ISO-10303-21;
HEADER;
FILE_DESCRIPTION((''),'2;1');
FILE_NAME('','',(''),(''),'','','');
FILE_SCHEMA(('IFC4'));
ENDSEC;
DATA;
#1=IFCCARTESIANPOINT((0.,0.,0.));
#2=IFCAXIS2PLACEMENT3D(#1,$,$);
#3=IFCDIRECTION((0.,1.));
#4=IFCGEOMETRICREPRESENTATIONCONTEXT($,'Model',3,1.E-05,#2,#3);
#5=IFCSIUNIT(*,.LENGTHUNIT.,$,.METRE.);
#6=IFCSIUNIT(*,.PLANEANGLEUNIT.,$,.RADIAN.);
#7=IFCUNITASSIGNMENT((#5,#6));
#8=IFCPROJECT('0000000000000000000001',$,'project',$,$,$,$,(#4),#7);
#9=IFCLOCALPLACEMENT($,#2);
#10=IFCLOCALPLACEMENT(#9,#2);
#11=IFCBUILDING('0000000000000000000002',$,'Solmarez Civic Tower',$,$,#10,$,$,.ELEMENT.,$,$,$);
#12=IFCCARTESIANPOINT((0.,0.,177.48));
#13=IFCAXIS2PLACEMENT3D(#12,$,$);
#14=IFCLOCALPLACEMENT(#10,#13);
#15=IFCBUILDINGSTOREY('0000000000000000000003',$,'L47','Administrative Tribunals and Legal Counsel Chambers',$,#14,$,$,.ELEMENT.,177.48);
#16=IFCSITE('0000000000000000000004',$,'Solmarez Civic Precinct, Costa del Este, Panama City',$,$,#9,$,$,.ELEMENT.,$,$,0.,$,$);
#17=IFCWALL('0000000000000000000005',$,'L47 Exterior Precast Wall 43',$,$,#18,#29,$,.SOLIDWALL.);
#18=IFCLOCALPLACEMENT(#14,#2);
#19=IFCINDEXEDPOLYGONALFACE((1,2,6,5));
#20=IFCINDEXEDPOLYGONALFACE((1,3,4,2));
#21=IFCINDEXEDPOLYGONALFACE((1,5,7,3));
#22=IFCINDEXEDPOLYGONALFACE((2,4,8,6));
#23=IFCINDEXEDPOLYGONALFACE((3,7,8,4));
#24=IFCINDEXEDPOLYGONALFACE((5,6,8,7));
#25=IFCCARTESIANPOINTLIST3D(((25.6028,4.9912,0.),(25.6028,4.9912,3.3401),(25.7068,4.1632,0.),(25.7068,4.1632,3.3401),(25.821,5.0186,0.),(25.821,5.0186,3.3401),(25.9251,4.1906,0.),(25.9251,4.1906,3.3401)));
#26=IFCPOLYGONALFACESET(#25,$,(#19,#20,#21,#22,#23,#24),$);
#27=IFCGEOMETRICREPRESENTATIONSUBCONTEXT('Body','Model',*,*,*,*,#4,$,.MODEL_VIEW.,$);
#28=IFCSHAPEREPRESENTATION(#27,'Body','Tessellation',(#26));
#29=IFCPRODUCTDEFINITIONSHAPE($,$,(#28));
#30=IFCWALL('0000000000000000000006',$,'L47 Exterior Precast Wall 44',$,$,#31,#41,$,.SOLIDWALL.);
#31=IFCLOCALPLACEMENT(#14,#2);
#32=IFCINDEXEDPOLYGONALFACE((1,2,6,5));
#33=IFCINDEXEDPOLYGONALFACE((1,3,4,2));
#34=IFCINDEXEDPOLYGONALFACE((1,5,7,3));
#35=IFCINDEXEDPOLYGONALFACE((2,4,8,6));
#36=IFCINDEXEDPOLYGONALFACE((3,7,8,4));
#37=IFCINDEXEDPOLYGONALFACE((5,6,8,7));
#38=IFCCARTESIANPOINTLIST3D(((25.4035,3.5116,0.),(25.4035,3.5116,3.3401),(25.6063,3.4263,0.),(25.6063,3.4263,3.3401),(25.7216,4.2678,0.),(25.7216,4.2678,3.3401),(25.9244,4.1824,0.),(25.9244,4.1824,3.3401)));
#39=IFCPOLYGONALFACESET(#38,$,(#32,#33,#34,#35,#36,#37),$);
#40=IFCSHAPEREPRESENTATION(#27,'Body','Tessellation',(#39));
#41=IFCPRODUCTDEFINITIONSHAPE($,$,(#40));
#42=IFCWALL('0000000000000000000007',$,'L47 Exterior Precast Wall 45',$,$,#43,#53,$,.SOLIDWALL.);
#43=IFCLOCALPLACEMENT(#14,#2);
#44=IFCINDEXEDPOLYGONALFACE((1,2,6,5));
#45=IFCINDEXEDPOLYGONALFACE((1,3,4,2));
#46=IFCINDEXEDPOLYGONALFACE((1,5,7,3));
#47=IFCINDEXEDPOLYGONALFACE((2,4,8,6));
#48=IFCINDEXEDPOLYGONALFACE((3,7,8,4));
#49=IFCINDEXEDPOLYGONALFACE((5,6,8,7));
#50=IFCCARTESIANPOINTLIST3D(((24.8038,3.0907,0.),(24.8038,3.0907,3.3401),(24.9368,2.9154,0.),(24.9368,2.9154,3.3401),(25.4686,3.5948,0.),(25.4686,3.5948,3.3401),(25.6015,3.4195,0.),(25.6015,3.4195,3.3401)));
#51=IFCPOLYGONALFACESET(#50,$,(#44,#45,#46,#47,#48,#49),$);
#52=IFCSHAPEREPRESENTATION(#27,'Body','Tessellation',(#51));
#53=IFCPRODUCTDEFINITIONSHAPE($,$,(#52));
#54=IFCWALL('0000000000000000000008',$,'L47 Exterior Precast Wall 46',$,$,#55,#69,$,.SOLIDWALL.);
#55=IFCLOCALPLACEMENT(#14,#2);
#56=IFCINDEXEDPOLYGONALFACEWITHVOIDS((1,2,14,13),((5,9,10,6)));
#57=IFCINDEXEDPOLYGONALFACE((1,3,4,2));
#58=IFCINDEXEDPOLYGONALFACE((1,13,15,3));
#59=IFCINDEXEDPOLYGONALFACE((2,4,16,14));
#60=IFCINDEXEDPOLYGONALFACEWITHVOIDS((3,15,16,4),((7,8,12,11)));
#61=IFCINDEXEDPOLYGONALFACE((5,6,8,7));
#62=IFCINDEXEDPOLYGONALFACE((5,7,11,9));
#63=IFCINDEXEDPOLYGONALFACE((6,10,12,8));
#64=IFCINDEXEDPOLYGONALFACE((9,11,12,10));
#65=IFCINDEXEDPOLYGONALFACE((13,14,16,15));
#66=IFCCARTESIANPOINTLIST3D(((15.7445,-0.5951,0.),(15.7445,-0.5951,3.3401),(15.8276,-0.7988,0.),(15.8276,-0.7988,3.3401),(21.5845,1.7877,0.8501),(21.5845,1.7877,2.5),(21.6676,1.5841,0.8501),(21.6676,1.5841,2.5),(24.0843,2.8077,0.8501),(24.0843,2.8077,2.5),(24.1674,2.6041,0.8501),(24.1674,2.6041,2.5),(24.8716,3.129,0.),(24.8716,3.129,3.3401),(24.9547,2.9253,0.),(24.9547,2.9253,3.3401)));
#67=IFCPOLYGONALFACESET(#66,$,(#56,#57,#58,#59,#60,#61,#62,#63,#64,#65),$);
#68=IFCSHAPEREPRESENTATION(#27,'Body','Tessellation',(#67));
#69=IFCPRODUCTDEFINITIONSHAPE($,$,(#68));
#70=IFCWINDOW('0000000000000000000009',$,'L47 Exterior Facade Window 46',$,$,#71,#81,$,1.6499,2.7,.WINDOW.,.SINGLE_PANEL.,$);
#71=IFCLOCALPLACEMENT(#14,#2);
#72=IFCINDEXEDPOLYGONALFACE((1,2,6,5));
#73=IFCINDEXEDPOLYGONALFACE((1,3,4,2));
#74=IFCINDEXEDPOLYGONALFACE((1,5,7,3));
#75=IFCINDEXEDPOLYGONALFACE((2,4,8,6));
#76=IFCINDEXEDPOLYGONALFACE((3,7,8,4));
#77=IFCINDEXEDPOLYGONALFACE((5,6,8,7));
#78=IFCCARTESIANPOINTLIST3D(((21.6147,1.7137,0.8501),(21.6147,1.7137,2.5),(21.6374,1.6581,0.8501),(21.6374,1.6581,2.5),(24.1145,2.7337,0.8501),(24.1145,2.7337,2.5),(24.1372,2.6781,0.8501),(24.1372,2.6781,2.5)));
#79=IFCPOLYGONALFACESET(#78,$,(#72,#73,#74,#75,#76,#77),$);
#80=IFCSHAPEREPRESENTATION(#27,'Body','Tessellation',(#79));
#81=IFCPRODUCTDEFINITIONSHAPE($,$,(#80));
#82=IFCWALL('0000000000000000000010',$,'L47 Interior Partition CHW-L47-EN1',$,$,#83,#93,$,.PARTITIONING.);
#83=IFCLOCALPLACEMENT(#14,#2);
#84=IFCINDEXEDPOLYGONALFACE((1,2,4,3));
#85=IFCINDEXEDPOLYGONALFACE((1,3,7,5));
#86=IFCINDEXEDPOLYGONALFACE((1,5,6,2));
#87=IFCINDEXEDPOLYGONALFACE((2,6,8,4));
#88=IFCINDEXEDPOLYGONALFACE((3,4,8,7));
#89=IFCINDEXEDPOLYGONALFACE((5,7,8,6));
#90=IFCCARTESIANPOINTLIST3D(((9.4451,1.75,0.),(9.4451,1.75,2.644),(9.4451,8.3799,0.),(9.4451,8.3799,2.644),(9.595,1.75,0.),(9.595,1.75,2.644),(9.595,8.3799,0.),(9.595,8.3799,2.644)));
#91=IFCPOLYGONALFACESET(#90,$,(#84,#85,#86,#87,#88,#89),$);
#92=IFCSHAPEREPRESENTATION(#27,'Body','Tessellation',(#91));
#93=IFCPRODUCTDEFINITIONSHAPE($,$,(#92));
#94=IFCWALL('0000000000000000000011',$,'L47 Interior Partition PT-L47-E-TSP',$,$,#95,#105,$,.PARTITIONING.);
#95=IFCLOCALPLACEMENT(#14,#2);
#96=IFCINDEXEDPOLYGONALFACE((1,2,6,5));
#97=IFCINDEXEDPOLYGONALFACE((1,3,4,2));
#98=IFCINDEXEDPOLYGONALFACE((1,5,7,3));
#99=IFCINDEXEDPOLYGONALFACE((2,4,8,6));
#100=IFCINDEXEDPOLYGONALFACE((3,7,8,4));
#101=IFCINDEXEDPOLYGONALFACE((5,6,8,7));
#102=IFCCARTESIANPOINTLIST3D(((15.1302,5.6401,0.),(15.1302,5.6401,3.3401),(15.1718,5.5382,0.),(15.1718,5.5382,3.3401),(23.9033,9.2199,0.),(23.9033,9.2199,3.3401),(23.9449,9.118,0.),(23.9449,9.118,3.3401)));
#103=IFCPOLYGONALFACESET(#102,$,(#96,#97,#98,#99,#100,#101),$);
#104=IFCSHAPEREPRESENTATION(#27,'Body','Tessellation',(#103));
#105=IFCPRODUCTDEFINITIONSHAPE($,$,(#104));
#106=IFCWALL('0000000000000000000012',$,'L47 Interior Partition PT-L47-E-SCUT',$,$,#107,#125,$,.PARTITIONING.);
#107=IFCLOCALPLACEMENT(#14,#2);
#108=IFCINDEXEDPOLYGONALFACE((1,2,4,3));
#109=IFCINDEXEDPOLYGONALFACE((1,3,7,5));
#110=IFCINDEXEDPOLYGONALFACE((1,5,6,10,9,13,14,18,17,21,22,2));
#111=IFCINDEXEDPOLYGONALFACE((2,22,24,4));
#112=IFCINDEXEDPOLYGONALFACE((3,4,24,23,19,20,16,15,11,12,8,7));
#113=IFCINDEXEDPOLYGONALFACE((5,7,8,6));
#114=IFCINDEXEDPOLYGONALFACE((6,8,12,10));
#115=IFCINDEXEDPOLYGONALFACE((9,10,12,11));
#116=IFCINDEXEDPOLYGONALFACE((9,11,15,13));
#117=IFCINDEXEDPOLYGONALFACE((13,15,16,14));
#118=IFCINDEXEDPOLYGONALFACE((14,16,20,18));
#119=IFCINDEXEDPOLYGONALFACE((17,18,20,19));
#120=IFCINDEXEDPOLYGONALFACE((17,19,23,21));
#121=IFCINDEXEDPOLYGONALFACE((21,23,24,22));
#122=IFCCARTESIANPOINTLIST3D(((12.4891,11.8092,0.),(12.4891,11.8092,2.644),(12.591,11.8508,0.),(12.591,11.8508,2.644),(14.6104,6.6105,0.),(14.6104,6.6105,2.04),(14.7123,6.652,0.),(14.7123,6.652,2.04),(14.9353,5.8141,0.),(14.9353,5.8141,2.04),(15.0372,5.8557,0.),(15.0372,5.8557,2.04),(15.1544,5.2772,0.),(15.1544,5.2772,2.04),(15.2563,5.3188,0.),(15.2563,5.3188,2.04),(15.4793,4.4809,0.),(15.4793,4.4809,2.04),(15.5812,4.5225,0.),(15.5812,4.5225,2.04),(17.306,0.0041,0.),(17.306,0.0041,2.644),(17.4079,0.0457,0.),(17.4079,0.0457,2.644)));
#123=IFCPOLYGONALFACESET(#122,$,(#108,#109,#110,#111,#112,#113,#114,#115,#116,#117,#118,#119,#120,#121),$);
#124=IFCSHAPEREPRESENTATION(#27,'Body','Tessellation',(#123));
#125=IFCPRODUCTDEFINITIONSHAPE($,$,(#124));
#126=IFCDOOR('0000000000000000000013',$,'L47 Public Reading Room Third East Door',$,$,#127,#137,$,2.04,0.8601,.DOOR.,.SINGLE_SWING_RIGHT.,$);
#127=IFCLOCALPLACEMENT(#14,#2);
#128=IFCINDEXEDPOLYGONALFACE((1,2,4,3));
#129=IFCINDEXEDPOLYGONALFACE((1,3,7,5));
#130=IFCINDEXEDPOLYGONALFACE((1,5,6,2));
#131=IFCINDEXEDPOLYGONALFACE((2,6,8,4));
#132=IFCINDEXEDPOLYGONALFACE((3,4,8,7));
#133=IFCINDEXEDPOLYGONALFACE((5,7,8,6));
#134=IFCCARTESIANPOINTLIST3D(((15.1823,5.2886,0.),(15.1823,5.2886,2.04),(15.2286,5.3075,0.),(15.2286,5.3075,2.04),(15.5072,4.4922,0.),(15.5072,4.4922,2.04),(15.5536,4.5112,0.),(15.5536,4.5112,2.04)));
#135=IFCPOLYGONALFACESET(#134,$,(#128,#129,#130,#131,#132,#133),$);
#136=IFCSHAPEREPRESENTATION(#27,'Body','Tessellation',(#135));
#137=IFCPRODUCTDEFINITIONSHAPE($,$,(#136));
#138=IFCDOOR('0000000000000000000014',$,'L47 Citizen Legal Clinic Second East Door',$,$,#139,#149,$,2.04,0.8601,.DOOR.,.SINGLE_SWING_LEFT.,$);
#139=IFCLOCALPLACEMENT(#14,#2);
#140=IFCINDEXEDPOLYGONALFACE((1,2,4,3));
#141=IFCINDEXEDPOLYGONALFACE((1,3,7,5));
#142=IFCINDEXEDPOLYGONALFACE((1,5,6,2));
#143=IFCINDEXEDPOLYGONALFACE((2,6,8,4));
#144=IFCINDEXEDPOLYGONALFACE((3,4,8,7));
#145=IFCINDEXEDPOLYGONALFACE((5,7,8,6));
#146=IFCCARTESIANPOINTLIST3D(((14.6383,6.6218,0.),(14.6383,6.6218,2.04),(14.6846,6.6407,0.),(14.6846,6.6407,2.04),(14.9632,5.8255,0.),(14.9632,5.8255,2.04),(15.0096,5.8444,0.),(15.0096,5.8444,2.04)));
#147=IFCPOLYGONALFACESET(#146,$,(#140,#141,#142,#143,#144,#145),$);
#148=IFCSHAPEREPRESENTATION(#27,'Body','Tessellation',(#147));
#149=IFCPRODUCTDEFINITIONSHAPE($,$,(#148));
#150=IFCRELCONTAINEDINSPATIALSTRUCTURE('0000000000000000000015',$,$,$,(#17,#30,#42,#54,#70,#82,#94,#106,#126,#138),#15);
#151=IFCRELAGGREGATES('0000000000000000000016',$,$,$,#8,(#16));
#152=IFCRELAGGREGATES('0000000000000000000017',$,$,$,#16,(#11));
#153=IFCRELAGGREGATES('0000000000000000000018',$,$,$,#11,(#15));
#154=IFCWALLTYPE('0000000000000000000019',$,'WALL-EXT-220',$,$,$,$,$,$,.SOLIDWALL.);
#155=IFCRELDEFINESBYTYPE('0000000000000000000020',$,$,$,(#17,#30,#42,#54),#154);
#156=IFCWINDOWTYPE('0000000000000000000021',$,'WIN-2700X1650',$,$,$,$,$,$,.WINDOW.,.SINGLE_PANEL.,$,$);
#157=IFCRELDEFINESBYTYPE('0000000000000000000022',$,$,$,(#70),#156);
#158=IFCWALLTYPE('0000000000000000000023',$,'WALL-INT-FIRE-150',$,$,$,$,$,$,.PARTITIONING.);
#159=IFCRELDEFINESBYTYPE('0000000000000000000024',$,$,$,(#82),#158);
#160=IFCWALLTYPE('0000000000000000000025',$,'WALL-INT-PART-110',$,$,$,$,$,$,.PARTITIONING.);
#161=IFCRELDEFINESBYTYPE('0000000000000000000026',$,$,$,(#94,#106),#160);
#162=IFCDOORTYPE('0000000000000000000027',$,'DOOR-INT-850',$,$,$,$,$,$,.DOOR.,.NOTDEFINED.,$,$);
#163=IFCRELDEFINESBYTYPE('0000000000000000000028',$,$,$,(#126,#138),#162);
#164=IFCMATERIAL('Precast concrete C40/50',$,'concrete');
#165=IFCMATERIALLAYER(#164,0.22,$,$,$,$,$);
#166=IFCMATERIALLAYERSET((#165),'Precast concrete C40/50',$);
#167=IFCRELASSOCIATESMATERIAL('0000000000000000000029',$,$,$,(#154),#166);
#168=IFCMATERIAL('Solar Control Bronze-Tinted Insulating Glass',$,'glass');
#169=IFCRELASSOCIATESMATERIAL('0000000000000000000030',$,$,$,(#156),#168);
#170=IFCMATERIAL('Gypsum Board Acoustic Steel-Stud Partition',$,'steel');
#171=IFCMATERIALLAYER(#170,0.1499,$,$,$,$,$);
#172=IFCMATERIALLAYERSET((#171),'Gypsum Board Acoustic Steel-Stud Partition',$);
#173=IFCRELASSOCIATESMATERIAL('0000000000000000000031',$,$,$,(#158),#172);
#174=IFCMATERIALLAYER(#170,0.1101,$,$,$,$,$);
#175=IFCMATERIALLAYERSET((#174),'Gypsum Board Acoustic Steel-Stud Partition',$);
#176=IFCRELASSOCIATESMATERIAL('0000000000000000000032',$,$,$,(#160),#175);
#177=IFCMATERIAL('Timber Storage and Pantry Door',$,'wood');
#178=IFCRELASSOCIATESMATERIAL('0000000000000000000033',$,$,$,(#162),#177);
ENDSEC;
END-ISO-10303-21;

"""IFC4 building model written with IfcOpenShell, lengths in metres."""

from ifc_helpers import new_model, si_unit, direction, frame, frame_2d, origin, place, context, subcontext, project, spatial, rectangle, extrude, material, layer, layer_set, type_object, element, fill, save


model = new_model("IFC4")

# Units and contexts
model_context = context("Model", 3, precision=1e-05, world=origin(), true_north=direction((0.0, 1.0)))
body_context = subcontext(model_context, "Body", "Model", "MODEL_VIEW")
ifc_project = project(units=[si_unit("LENGTHUNIT", "METRE"), si_unit("PLANEANGLEUNIT", "RADIAN")], contexts=[model_context])

# Site, building, storey
site_placement = place(None, origin())
site = spatial("IfcSite", under=ifc_project, at=site_placement, Name="Solmarez Civic Precinct, Costa del Este, Panama City", CompositionType="ELEMENT", RefElevation=0.0)
building_placement = place(site_placement, origin())
building = spatial("IfcBuilding", under=site, at=building_placement, Name="Solmarez Civic Tower", CompositionType="ELEMENT")
storey_placement = place(building_placement, frame((0.0, 0.0, 177.48)))
storey = spatial("IfcBuildingStorey", under=building, at=storey_placement, Name="L47", Description="Administrative Tribunals and Legal Counsel Chambers", CompositionType="ELEMENT", Elevation=177.48)

# Walls
ifc_material_1 = material(Name="Precast concrete C40/50", Category="concrete")
ifc_layer_1 = layer(ifc_material_1, 0.22)
ifc_layer_set_1 = layer_set([ifc_layer_1], Name="Precast concrete C40/50")
wall_type_1 = type_object("IfcWallType", Name="WALL-EXT-220", PredefinedType="SOLIDWALL", material=ifc_layer_set_1)
wall_1_placement = place(storey_placement, frame((25.7119, 5.0049, 0.0), z_axis=(0.0, 0.0, 1.0), x_axis=(0.124647, -0.992201, 0.0)))
element("IfcWall", 1, at=wall_1_placement, inside=storey, type_object=wall_type_1, Name="L47 Exterior Precast Wall 43", PredefinedType="SOLIDWALL", context=body_context, shape_type="SweptSolid", body=[
    extrude(rectangle(XDim=0.8345, YDim=0.22, at=frame_2d((0.4172, 0.0))), origin(), (0.0, 0.0, 1.0), 3.3401),
])
wall_2_placement = place(storey_placement, frame((25.823, 4.2251, 0.0), z_axis=(0.0, 0.0, 1.0), x_axis=(-0.387804, -0.921742, 0.0)))
element("IfcWall", 2, at=wall_2_placement, inside=storey, type_object=wall_type_1, Name="L47 Exterior Precast Wall 44", PredefinedType="SOLIDWALL", context=body_context, shape_type="SweptSolid", body=[
    extrude(rectangle(XDim=0.8203, YDim=0.22, at=frame_2d((0.4102, 0.0))), origin(), (0.0, 0.0, 1.0), 3.3401),
])
wall_3_placement = place(storey_placement, frame((25.5349, 3.5071, 0.0), z_axis=(0.0, 0.0, 1.0), x_axis=(-0.796793, -0.604252, 0.0)))
element("IfcWall", 3, at=wall_3_placement, inside=storey, type_object=wall_type_1, Name="L47 Exterior Precast Wall 45", PredefinedType="SOLIDWALL", context=body_context, shape_type="SweptSolid", body=[
    extrude(rectangle(XDim=0.8342, YDim=0.22, at=frame_2d((0.417, 0.0))), origin(), (0.0, 0.0, 1.0), 3.3401),
])

# Wall, opening, window
wall_4_placement = place(storey_placement, frame((24.9131, 3.0271, 0.0), z_axis=(0.0, 0.0, 1.0), x_axis=(-0.925893, -0.377787, 0.0)))
wall_4 = element("IfcWall", 4, at=wall_4_placement, inside=storey, type_object=wall_type_1, Name="L47 Exterior Precast Wall 46", PredefinedType="SOLIDWALL", context=body_context, shape_type="SweptSolid", body=[
    extrude(rectangle(XDim=9.8577, YDim=0.22, at=frame_2d((4.9287, 0.0))), origin(), (0.0, 0.0, 1.0), 3.3401),
])
opening_1_placement = place(wall_4_placement, frame((0.8501, 0.0, 0.8501)))
opening_1 = element("IfcOpeningElement", 5, at=opening_1_placement, cuts=wall_4, PredefinedType="OPENING", context=body_context, shape_type="SweptSolid", body=[
    extrude(rectangle(XDim=2.7, YDim=1.6499, at=frame_2d((1.3501, 0.825))), frame((0.0, 0.1199, 0.0), z_axis=(0.0, -1.0, 0.0), x_axis=(1.0, 0.0, 0.0)), (0.0, 0.0, 1.0), 0.24),
])
ifc_material_2 = material(Name="Solar Control Bronze-Tinted Insulating Glass", Category="glass")
window_type = type_object("IfcWindowType", Name="WIN-2700X1650", PartitioningType="SINGLE_PANEL", PredefinedType="WINDOW", material=ifc_material_2)
window_placement = place(opening_1_placement, origin())
window = element("IfcWindow", 6, at=window_placement, inside=storey, type_object=window_type, Name="L47 Exterior Facade Window 46", OverallHeight=1.6499, OverallWidth=2.7, PartitioningType="SINGLE_PANEL", PredefinedType="WINDOW", context=body_context, shape_type="SweptSolid", body=[
    extrude(rectangle(XDim=2.7, YDim=1.6499, at=frame_2d((1.3501, 0.825))), frame((0.0, 0.03, 0.0), z_axis=(0.0, -1.0, 0.0), x_axis=(1.0, 0.0, 0.0)), (0.0, 0.0, 1.0), 0.0601),
])
fill(opening_1, window)

# Walls
ifc_material_3 = material(Name="Gypsum Board Acoustic Steel-Stud Partition", Category="steel")
ifc_layer_2 = layer(ifc_material_3, 0.1499)
ifc_layer_set_2 = layer_set([ifc_layer_2], Name="Gypsum Board Acoustic Steel-Stud Partition")
wall_type_2 = type_object("IfcWallType", Name="WALL-INT-FIRE-150", PredefinedType="PARTITIONING", material=ifc_layer_set_2)
wall_5_placement = place(storey_placement, frame((9.52, 1.75, 0.0), z_axis=(0.0, 0.0, 1.0), x_axis=(0.0, 1.0, 0.0)))
element("IfcWall", 7, at=wall_5_placement, inside=storey, type_object=wall_type_2, Name="L47 Interior Partition CHW-L47-EN1", PredefinedType="PARTITIONING", context=body_context, shape_type="SweptSolid", body=[
    extrude(rectangle(XDim=6.6299, YDim=0.1499, at=frame_2d((3.3149, 0.0))), origin(), (0.0, 0.0, 1.0), 2.644),
])
ifc_layer_3 = layer(ifc_material_3, 0.1101)
ifc_layer_set_3 = layer_set([ifc_layer_3], Name="Gypsum Board Acoustic Steel-Stud Partition")
wall_type_3 = type_object("IfcWallType", Name="WALL-INT-PART-110", PredefinedType="PARTITIONING", material=ifc_layer_set_3)
wall_6_placement = place(storey_placement, frame((15.1509, 5.5891, 0.0), z_axis=(0.0, 0.0, 1.0), x_axis=(0.925887, 0.377801, 0.0)))
element("IfcWall", 8, at=wall_6_placement, inside=storey, type_object=wall_type_3, Name="L47 Interior Partition PT-L47-E-TSP", PredefinedType="PARTITIONING", context=body_context, shape_type="SweptSolid", body=[
    extrude(rectangle(XDim=9.4753, YDim=0.1101, at=frame_2d((4.7378, 0.0))), origin(), (0.0, 0.0, 1.0), 3.3401),
])

# Wall, openings, doors
wall_7_placement = place(storey_placement, frame((17.3569, 0.0249, 0.0), z_axis=(0.0, 0.0, 1.0), x_axis=(-0.377793, 0.92589, 0.0)))
wall_7 = element("IfcWall", 9, at=wall_7_placement, inside=storey, type_object=wall_type_3, Name="L47 Interior Partition PT-L47-E-SCUT", PredefinedType="PARTITIONING", context=body_context, shape_type="SweptSolid", body=[
    extrude(rectangle(XDim=12.75, YDim=0.1101, at=frame_2d((6.375, 0.0))), origin(), (0.0, 0.0, 1.0), 2.644),
])
opening_2_placement = place(wall_7_placement, frame((4.835, 0.0, 0.0)))
opening_2 = element("IfcOpeningElement", 10, at=opening_2_placement, cuts=wall_7, PredefinedType="OPENING", context=body_context, shape_type="SweptSolid", body=[
    extrude(rectangle(XDim=0.8601, YDim=2.04, at=frame_2d((0.4302, 1.02))), frame((0.0, 0.0649, 0.0), z_axis=(0.0, -1.0, 0.0), x_axis=(1.0, 0.0, 0.0)), (0.0, 0.0, 1.0), 0.1301),
])
opening_3_placement = place(wall_7_placement, frame((6.2749, 0.0, 0.0)))
opening_3 = element("IfcOpeningElement", 11, at=opening_3_placement, cuts=wall_7, PredefinedType="OPENING", context=body_context, shape_type="SweptSolid", body=[
    extrude(rectangle(XDim=0.8601, YDim=2.04, at=frame_2d((0.4302, 1.02))), frame((0.0, 0.0649, 0.0), z_axis=(0.0, -1.0, 0.0), x_axis=(1.0, 0.0, 0.0)), (0.0, 0.0, 1.0), 0.1301),
])
ifc_material_4 = material(Name="Timber Storage and Pantry Door", Category="wood")
door_type = type_object("IfcDoorType", Name="DOOR-INT-850", OperationType="NOTDEFINED", PredefinedType="DOOR", material=ifc_material_4)
door_1_placement = place(opening_2_placement, origin())
door_1 = element("IfcDoor", 12, at=door_1_placement, inside=storey, type_object=door_type, Name="L47 Public Reading Room Third East Door", OperationType="SINGLE_SWING_RIGHT", OverallHeight=2.04, OverallWidth=0.8601, PredefinedType="DOOR", context=body_context, shape_type="SweptSolid", body=[
    extrude(rectangle(XDim=0.8601, YDim=2.04, at=frame_2d((0.4302, 1.02))), frame((0.0, 0.0249, 0.0), z_axis=(0.0, -1.0, 0.0), x_axis=(1.0, 0.0, 0.0)), (0.0, 0.0, 1.0), 0.05),
])
fill(opening_2, door_1)
door_2_placement = place(opening_3_placement, origin())
door_2 = element("IfcDoor", 13, at=door_2_placement, inside=storey, type_object=door_type, Name="L47 Citizen Legal Clinic Second East Door", OperationType="SINGLE_SWING_LEFT", OverallHeight=2.04, OverallWidth=0.8601, PredefinedType="DOOR", context=body_context, shape_type="SweptSolid", body=[
    extrude(rectangle(XDim=0.8601, YDim=2.04, at=frame_2d((0.4302, 1.02))), frame((0.0, 0.0249, 0.0), z_axis=(0.0, -1.0, 0.0), x_axis=(1.0, 0.0, 0.0)), (0.0, 0.0, 1.0), 0.05),
])
fill(opening_3, door_2)

save(model, "model.ifc")
